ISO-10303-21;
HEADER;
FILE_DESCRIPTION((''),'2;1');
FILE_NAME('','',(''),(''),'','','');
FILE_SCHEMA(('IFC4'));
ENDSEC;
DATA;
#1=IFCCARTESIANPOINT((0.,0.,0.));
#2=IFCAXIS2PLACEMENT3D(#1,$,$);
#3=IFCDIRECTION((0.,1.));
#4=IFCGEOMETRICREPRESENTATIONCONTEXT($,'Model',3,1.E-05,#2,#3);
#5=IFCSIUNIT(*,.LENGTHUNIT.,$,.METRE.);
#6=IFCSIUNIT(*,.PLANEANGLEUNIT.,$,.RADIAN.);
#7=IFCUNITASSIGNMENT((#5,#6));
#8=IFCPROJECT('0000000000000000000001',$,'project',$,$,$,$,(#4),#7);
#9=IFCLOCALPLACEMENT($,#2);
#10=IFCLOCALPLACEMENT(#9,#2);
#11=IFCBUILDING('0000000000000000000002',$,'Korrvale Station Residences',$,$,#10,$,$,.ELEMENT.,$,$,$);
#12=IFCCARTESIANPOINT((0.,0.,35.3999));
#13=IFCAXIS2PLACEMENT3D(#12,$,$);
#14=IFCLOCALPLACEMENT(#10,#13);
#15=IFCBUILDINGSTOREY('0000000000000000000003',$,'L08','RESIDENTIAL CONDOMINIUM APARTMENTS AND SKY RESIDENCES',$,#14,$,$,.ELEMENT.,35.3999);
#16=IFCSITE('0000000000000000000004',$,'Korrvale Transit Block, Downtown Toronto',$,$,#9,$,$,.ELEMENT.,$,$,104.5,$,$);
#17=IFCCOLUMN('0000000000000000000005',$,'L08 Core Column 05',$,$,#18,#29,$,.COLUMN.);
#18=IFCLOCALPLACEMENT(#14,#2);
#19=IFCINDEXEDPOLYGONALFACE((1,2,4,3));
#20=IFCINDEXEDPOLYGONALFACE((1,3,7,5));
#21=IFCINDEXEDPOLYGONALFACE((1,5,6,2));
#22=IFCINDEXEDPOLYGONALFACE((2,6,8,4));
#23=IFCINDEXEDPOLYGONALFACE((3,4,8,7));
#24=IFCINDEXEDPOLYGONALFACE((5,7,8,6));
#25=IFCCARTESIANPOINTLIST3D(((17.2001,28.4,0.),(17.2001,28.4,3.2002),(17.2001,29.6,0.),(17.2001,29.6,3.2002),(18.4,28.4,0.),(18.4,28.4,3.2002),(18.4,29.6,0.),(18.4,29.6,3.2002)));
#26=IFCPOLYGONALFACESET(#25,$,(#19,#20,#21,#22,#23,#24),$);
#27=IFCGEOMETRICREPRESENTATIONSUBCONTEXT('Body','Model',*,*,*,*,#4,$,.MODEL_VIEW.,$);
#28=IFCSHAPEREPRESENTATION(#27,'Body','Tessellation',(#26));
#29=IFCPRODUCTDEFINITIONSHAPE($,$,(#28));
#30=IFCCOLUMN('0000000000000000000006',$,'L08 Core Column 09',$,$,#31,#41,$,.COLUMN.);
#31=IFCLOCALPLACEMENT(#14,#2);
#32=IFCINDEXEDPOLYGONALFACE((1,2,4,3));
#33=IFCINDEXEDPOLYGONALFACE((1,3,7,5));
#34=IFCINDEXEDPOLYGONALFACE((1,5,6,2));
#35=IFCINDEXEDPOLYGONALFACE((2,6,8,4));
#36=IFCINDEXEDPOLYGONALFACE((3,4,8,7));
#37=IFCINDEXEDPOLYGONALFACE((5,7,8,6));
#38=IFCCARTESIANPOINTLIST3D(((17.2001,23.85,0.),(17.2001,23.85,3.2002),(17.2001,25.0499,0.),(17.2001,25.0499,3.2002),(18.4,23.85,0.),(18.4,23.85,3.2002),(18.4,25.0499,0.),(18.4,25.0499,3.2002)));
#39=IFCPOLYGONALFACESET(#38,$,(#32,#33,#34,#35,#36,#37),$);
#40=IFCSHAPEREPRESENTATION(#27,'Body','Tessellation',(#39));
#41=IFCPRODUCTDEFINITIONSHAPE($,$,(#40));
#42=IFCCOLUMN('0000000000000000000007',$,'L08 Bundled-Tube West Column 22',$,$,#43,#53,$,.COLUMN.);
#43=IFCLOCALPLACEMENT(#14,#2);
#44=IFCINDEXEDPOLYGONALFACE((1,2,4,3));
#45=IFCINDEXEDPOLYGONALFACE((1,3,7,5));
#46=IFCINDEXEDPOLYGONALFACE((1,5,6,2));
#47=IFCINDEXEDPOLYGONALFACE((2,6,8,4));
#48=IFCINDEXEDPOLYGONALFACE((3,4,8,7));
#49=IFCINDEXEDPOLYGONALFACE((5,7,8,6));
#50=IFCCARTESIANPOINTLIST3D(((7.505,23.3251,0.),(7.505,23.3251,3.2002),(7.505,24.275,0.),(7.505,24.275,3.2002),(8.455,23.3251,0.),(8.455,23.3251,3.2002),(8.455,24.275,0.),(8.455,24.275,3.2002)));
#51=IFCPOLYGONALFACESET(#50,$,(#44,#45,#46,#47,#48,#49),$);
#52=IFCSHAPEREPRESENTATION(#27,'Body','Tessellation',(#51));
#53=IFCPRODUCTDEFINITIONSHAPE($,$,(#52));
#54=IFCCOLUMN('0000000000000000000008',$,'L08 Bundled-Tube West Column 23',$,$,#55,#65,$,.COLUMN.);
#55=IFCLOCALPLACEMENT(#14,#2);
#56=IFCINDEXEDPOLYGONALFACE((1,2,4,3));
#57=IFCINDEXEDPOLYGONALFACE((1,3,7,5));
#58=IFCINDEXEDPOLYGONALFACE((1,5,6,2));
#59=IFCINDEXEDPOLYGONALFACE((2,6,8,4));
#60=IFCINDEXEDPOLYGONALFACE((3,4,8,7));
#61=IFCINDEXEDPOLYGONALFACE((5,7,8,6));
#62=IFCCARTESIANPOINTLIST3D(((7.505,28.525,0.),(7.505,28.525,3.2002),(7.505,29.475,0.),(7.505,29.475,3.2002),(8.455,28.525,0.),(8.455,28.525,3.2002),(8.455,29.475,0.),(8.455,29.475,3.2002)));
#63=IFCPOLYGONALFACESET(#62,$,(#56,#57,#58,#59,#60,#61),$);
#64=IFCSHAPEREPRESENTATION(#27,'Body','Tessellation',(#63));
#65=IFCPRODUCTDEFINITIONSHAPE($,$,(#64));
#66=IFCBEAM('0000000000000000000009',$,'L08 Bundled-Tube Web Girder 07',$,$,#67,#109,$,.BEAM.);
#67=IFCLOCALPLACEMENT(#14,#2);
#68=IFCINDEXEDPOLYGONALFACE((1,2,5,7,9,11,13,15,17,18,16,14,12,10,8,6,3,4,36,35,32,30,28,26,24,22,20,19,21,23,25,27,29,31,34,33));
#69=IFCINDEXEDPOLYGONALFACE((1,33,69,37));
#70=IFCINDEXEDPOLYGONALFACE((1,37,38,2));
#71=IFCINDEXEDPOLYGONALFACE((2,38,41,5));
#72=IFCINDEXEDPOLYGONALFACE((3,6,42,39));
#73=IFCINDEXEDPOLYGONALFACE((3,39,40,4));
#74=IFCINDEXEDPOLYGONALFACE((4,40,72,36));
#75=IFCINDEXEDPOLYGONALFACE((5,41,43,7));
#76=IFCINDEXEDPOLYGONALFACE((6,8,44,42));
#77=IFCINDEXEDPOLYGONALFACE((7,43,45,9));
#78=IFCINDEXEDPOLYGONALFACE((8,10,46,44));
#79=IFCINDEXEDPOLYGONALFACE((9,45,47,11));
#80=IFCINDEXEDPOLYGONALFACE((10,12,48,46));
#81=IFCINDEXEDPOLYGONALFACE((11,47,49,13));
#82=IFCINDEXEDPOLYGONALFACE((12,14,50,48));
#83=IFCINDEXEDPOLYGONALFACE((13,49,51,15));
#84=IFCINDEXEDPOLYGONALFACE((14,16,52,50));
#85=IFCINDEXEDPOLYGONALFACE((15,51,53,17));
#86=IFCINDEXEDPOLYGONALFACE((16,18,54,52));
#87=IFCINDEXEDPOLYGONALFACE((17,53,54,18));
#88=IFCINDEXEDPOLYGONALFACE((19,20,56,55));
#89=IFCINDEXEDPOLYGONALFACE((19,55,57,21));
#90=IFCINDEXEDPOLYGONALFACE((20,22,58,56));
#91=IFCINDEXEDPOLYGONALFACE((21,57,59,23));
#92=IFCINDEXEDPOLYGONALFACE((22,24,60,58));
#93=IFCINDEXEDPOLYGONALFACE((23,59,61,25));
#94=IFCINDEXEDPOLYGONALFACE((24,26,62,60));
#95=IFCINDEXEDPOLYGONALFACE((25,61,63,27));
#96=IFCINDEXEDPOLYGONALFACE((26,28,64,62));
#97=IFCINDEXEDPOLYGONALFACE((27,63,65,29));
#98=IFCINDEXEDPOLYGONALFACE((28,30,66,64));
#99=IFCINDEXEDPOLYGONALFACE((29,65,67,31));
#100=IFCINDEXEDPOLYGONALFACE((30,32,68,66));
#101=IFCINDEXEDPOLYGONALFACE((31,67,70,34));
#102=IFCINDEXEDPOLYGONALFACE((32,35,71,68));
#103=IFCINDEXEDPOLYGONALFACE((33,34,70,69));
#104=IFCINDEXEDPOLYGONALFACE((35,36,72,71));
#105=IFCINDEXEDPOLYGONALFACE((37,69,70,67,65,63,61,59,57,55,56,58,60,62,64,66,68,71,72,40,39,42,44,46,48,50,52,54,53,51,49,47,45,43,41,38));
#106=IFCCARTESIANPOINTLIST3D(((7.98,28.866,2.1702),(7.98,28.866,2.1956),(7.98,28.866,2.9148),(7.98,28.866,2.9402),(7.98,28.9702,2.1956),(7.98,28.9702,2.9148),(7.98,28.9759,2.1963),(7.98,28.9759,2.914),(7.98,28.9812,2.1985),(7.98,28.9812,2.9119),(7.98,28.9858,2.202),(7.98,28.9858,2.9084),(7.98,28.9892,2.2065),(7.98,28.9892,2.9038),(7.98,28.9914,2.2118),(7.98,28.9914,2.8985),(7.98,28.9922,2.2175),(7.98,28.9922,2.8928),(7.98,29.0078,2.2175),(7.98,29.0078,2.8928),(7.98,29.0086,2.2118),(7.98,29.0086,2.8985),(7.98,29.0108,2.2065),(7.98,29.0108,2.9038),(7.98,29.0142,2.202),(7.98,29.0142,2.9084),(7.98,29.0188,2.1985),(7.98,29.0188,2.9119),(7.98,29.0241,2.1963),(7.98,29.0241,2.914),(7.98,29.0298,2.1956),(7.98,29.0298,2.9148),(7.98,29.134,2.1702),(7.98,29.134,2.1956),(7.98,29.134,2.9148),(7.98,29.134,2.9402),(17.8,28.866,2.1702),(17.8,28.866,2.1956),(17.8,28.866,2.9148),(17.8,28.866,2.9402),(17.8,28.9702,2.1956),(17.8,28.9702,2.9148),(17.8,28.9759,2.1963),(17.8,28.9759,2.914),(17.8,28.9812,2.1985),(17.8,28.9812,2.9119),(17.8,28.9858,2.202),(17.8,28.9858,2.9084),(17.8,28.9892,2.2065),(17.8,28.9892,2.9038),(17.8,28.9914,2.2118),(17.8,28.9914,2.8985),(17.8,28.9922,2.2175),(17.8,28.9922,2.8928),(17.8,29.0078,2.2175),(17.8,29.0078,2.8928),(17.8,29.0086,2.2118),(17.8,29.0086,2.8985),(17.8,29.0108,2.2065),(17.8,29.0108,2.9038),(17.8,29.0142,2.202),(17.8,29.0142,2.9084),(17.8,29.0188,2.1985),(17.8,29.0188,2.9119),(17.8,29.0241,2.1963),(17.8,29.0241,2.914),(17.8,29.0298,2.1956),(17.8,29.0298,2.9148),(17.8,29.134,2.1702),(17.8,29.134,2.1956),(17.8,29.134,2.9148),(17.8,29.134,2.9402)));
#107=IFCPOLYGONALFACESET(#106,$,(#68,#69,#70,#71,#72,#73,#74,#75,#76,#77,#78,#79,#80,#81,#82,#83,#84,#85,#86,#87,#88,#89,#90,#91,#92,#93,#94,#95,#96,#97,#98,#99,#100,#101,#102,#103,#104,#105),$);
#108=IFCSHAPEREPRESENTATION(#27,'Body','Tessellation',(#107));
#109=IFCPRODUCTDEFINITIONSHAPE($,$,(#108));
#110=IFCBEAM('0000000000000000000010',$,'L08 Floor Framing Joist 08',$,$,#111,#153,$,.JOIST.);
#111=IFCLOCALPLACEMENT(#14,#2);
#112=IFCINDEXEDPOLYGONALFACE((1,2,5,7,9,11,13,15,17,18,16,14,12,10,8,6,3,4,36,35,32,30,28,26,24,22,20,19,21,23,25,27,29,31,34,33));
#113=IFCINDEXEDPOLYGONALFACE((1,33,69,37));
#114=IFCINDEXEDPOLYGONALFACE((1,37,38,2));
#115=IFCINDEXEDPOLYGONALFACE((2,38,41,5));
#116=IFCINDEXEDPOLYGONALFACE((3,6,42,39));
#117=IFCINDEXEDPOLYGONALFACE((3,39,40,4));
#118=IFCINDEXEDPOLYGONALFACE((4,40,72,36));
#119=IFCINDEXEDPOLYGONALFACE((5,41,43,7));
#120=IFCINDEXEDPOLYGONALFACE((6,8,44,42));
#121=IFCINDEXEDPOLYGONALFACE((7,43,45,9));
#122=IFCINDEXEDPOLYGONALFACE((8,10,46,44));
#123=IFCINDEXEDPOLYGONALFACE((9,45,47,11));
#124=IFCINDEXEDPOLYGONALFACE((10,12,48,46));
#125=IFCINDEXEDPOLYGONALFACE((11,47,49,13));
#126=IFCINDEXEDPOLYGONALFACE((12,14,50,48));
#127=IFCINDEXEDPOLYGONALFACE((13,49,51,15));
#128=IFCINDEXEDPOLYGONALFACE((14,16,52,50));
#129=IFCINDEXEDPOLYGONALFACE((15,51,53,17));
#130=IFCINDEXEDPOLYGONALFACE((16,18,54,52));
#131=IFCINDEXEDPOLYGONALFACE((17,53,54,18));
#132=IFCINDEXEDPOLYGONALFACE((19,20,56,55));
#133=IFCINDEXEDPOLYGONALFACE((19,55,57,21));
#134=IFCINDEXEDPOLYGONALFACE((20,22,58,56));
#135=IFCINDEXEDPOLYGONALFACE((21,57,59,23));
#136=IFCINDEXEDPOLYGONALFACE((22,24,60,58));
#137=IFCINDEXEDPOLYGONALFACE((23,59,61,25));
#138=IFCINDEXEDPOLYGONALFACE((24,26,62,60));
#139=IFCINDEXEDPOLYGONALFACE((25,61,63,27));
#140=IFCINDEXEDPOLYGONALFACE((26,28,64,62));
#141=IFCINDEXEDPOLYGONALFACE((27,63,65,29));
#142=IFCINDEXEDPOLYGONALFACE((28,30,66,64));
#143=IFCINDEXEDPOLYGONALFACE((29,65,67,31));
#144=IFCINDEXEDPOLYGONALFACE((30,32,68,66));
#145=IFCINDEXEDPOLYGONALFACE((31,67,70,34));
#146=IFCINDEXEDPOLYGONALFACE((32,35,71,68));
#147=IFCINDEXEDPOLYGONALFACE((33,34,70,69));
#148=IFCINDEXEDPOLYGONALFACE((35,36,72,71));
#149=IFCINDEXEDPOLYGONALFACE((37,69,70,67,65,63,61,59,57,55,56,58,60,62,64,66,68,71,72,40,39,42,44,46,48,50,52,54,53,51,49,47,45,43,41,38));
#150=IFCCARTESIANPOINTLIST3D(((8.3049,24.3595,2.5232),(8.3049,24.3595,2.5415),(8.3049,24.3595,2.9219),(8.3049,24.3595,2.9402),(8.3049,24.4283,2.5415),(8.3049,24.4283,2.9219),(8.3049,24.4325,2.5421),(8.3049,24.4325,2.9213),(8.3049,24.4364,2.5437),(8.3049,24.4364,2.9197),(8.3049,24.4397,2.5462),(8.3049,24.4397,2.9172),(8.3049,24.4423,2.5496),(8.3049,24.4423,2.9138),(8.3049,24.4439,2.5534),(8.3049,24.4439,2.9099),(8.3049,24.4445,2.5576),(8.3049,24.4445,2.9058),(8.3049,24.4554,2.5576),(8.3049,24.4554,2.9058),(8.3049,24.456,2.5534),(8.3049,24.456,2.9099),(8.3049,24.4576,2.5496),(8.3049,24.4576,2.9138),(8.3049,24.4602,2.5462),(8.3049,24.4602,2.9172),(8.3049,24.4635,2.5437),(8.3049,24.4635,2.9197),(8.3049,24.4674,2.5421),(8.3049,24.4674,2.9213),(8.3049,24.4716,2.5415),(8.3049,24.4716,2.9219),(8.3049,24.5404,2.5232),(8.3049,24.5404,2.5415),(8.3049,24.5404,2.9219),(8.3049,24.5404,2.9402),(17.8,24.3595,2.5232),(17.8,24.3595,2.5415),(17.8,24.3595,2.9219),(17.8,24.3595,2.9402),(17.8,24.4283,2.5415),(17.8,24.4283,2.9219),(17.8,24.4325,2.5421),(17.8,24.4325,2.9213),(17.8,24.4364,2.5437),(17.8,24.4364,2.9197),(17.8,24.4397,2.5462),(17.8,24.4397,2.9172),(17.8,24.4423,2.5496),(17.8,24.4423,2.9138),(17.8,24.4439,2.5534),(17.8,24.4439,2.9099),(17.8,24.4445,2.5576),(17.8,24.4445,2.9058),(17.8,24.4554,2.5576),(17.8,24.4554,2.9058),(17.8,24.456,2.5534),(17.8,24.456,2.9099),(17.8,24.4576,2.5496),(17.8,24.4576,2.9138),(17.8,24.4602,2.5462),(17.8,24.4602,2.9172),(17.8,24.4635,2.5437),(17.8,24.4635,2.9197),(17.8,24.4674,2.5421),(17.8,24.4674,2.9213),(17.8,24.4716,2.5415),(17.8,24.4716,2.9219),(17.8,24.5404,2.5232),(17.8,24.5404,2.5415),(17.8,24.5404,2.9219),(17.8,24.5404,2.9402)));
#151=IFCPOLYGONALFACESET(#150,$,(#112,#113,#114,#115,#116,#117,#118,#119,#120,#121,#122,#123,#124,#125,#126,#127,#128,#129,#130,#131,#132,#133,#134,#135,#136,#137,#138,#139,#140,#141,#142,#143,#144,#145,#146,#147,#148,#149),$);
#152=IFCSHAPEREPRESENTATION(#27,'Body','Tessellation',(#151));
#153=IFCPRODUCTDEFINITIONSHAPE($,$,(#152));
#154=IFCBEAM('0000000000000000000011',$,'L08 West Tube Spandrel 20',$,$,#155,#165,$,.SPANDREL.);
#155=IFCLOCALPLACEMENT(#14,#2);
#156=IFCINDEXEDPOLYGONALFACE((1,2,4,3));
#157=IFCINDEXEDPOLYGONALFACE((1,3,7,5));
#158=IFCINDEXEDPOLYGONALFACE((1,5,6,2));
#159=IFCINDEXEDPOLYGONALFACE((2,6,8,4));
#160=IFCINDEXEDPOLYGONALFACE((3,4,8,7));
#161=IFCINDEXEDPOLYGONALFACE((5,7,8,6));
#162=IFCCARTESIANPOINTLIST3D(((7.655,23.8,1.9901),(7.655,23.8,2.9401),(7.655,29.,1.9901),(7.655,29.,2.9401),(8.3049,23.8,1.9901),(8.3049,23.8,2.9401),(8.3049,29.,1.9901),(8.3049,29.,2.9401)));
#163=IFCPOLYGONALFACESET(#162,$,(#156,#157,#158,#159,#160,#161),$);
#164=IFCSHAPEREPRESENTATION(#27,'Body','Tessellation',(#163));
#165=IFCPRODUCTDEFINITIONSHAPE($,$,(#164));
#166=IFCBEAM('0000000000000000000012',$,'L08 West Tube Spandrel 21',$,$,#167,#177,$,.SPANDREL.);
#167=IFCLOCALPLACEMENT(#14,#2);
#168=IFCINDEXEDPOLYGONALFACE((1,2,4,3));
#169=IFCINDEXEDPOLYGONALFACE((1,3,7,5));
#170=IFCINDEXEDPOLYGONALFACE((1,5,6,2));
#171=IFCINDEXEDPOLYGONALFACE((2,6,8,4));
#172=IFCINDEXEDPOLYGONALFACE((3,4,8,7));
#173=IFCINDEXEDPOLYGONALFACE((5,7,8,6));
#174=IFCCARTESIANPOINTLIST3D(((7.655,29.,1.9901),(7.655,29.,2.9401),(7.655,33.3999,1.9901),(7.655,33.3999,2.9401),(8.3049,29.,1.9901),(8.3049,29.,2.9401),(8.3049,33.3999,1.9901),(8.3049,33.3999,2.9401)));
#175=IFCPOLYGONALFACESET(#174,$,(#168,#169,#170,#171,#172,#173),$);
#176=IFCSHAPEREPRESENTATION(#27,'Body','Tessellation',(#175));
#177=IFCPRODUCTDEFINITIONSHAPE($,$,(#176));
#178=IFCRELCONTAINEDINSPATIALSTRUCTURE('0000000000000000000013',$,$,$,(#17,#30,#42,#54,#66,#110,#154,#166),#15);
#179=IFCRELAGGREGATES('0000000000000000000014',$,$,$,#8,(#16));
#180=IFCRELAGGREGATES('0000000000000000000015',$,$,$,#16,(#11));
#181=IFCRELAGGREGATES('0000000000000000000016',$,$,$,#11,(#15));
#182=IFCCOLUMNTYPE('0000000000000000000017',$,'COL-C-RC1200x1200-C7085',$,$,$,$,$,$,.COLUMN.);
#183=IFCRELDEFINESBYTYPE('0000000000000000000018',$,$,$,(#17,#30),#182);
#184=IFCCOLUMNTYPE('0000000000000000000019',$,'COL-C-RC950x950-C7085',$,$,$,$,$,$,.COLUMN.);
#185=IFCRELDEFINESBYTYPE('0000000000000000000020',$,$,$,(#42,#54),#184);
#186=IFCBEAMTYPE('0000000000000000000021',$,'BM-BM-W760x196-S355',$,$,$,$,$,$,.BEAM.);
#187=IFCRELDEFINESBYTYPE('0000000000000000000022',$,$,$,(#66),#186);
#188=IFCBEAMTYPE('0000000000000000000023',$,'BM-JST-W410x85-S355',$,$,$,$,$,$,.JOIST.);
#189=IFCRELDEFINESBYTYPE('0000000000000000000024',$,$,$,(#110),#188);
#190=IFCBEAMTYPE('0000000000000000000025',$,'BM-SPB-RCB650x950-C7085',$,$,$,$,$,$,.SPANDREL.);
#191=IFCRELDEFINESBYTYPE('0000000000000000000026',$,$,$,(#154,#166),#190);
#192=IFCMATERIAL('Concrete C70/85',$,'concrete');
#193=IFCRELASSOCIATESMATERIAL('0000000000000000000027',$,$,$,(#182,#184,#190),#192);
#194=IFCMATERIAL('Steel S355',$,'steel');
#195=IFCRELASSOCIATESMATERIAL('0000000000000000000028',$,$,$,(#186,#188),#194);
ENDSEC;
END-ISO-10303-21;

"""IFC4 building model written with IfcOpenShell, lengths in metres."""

from ifc_helpers import new_model, si_unit, direction, frame, origin, origin_2d, place, context, subcontext, project, spatial, rectangle, i_section, extrude, material, material_profile, profile_set, type_object, element, save


model = new_model("IFC4")

# Units and contexts
model_context = context("Model", 3, precision=1e-05, world=origin(), true_north=direction((0.0, 1.0)))
body_context = subcontext(model_context, "Body", "Model", "MODEL_VIEW")
ifc_project = project(units=[si_unit("LENGTHUNIT", "METRE"), si_unit("PLANEANGLEUNIT", "RADIAN")], contexts=[model_context])

# Site, building, storey
site_placement = place(None, origin())
site = spatial("IfcSite", under=ifc_project, at=site_placement, Name="Korrvale Transit Block, Downtown Toronto", CompositionType="ELEMENT", RefElevation=104.5)
building_placement = place(site_placement, origin())
building = spatial("IfcBuilding", under=site, at=building_placement, Name="Korrvale Station Residences", CompositionType="ELEMENT")
storey_placement = place(building_placement, frame((0.0, 0.0, 35.3999)))
storey = spatial("IfcBuildingStorey", under=building, at=storey_placement, Name="L08", Description="RESIDENTIAL CONDOMINIUM APARTMENTS AND SKY RESIDENCES", CompositionType="ELEMENT", Elevation=35.3999)

# Columns
ifc_material_1 = material(Name="Concrete C70/85", Category="concrete")
ifc_material_profile_1 = material_profile(ifc_material_1, rectangle(XDim=1.2, YDim=1.2, at=origin_2d()), Name="RC1200x1200")
ifc_profile_set_1 = profile_set([ifc_material_profile_1], Name="Concrete C70/85")
column_type_1 = type_object("IfcColumnType", Name="COL-C-RC1200x1200-C7085", PredefinedType="COLUMN", material=ifc_profile_set_1)
for number, where, z_axis, x_axis, name in (
    (1, (17.8, 29.0, 0.0), (0.0, 0.0, 1.0), (1.0, 0.0, 0.0), "L08 Core Column 05"),
    (2, (17.8, 24.45, 0.0), (0.0, 0.0, 1.0), (1.0, 0.0, 0.0), "L08 Core Column 09"),
):
    element("IfcColumn", number, at=place(storey_placement, frame(where, z_axis=z_axis, x_axis=x_axis)), inside=storey, type_object=column_type_1, Name=name, PredefinedType="COLUMN", context=body_context, shape_type="SweptSolid", body=[
        extrude(rectangle(XDim=1.2, YDim=1.2, at=origin_2d()), origin(), (0.0, 0.0, 1.0), 3.2002),
    ])
ifc_material_profile_2 = material_profile(ifc_material_1, rectangle(XDim=0.95, YDim=0.95, at=origin_2d()), Name="RC950x950")
ifc_profile_set_2 = profile_set([ifc_material_profile_2], Name="Concrete C70/85")
column_type_2 = type_object("IfcColumnType", Name="COL-C-RC950x950-C7085", PredefinedType="COLUMN", material=ifc_profile_set_2)
for number, where, z_axis, x_axis, name in (
    (3, (7.98, 23.8, 0.0), (0.0, 0.0, 1.0), (1.0, 0.0, 0.0), "L08 Bundled-Tube West Column 22"),
    (4, (7.98, 29.0, 0.0), (0.0, 0.0, 1.0), (1.0, 0.0, 0.0), "L08 Bundled-Tube West Column 23"),
):
    element("IfcColumn", number, at=place(storey_placement, frame(where, z_axis=z_axis, x_axis=x_axis)), inside=storey, type_object=column_type_2, Name=name, PredefinedType="COLUMN", context=body_context, shape_type="SweptSolid", body=[
        extrude(rectangle(XDim=0.95, YDim=0.95, at=origin_2d()), origin(), (0.0, 0.0, 1.0), 3.2002),
    ])

# Beams
ifc_material_2 = material(Name="Steel S355", Category="steel")
ifc_material_profile_3 = material_profile(ifc_material_2, i_section(OverallWidth=0.2681, OverallDepth=0.77, WebThickness=0.0156, FlangeThickness=0.0254, FilletRadius=0.022, at=origin_2d()), Name="W760x196")
ifc_profile_set_3 = profile_set([ifc_material_profile_3], Name="Steel S355")
beam_type_1 = type_object("IfcBeamType", Name="BM-BM-W760x196-S355", PredefinedType="BEAM", material=ifc_profile_set_3)
beam_1_placement = place(storey_placement, frame((7.98, 29.0, 2.5552), z_axis=(1.0, 0.0, 0.0), x_axis=(0.0, 1.0, 0.0)))
element("IfcBeam", 5, at=beam_1_placement, inside=storey, type_object=beam_type_1, Name="L08 Bundled-Tube Web Girder 07", PredefinedType="BEAM", context=body_context, shape_type="SweptSolid", body=[
    extrude(i_section(OverallWidth=0.2681, OverallDepth=0.77, WebThickness=0.0156, FlangeThickness=0.0254, FilletRadius=0.022, at=origin_2d()), origin(), (0.0, 0.0, 1.0), 9.8201),
])
ifc_material_profile_4 = material_profile(ifc_material_2, i_section(OverallWidth=0.1809, OverallDepth=0.417, WebThickness=0.011, FlangeThickness=0.0183, FilletRadius=0.0161, at=origin_2d()), Name="W410x85")
ifc_profile_set_4 = profile_set([ifc_material_profile_4], Name="Steel S355")
beam_type_2 = type_object("IfcBeamType", Name="BM-JST-W410x85-S355", PredefinedType="JOIST", material=ifc_profile_set_4)
beam_2_placement = place(storey_placement, frame((8.3049, 24.45, 2.7317), z_axis=(1.0, 0.0, 0.0), x_axis=(0.0, 1.0, 0.0)))
element("IfcBeam", 6, at=beam_2_placement, inside=storey, type_object=beam_type_2, Name="L08 Floor Framing Joist 08", PredefinedType="JOIST", context=body_context, shape_type="SweptSolid", body=[
    extrude(i_section(OverallWidth=0.1809, OverallDepth=0.417, WebThickness=0.011, FlangeThickness=0.0183, FilletRadius=0.0161, at=origin_2d()), origin(), (0.0, 0.0, 1.0), 9.4951),
])
ifc_material_profile_5 = material_profile(ifc_material_1, rectangle(XDim=0.6499, YDim=0.95, at=origin_2d()), Name="RCB650x950")
ifc_profile_set_5 = profile_set([ifc_material_profile_5], Name="Concrete C70/85")
beam_type_3 = type_object("IfcBeamType", Name="BM-SPB-RCB650x950-C7085", PredefinedType="SPANDREL", material=ifc_profile_set_5)
beam_3_placement = place(storey_placement, frame((7.98, 23.8, 2.4651), z_axis=(0.0, 1.0, 0.0), x_axis=(-1.0, 0.0, 0.0)))
element("IfcBeam", 7, at=beam_3_placement, inside=storey, type_object=beam_type_3, Name="L08 West Tube Spandrel 20", PredefinedType="SPANDREL", context=body_context, shape_type="SweptSolid", body=[
    extrude(rectangle(XDim=0.6499, YDim=0.95, at=origin_2d()), origin(), (0.0, 0.0, 1.0), 5.2),
])
beam_4_placement = place(storey_placement, frame((7.98, 29.0, 2.4651), z_axis=(0.0, 1.0, 0.0), x_axis=(-1.0, 0.0, 0.0)))
element("IfcBeam", 8, at=beam_4_placement, inside=storey, type_object=beam_type_3, Name="L08 West Tube Spandrel 21", PredefinedType="SPANDREL", context=body_context, shape_type="SweptSolid", body=[
    extrude(rectangle(XDim=0.6499, YDim=0.95, at=origin_2d()), origin(), (0.0, 0.0, 1.0), 4.3999),
])

save(model, "model.ifc")
